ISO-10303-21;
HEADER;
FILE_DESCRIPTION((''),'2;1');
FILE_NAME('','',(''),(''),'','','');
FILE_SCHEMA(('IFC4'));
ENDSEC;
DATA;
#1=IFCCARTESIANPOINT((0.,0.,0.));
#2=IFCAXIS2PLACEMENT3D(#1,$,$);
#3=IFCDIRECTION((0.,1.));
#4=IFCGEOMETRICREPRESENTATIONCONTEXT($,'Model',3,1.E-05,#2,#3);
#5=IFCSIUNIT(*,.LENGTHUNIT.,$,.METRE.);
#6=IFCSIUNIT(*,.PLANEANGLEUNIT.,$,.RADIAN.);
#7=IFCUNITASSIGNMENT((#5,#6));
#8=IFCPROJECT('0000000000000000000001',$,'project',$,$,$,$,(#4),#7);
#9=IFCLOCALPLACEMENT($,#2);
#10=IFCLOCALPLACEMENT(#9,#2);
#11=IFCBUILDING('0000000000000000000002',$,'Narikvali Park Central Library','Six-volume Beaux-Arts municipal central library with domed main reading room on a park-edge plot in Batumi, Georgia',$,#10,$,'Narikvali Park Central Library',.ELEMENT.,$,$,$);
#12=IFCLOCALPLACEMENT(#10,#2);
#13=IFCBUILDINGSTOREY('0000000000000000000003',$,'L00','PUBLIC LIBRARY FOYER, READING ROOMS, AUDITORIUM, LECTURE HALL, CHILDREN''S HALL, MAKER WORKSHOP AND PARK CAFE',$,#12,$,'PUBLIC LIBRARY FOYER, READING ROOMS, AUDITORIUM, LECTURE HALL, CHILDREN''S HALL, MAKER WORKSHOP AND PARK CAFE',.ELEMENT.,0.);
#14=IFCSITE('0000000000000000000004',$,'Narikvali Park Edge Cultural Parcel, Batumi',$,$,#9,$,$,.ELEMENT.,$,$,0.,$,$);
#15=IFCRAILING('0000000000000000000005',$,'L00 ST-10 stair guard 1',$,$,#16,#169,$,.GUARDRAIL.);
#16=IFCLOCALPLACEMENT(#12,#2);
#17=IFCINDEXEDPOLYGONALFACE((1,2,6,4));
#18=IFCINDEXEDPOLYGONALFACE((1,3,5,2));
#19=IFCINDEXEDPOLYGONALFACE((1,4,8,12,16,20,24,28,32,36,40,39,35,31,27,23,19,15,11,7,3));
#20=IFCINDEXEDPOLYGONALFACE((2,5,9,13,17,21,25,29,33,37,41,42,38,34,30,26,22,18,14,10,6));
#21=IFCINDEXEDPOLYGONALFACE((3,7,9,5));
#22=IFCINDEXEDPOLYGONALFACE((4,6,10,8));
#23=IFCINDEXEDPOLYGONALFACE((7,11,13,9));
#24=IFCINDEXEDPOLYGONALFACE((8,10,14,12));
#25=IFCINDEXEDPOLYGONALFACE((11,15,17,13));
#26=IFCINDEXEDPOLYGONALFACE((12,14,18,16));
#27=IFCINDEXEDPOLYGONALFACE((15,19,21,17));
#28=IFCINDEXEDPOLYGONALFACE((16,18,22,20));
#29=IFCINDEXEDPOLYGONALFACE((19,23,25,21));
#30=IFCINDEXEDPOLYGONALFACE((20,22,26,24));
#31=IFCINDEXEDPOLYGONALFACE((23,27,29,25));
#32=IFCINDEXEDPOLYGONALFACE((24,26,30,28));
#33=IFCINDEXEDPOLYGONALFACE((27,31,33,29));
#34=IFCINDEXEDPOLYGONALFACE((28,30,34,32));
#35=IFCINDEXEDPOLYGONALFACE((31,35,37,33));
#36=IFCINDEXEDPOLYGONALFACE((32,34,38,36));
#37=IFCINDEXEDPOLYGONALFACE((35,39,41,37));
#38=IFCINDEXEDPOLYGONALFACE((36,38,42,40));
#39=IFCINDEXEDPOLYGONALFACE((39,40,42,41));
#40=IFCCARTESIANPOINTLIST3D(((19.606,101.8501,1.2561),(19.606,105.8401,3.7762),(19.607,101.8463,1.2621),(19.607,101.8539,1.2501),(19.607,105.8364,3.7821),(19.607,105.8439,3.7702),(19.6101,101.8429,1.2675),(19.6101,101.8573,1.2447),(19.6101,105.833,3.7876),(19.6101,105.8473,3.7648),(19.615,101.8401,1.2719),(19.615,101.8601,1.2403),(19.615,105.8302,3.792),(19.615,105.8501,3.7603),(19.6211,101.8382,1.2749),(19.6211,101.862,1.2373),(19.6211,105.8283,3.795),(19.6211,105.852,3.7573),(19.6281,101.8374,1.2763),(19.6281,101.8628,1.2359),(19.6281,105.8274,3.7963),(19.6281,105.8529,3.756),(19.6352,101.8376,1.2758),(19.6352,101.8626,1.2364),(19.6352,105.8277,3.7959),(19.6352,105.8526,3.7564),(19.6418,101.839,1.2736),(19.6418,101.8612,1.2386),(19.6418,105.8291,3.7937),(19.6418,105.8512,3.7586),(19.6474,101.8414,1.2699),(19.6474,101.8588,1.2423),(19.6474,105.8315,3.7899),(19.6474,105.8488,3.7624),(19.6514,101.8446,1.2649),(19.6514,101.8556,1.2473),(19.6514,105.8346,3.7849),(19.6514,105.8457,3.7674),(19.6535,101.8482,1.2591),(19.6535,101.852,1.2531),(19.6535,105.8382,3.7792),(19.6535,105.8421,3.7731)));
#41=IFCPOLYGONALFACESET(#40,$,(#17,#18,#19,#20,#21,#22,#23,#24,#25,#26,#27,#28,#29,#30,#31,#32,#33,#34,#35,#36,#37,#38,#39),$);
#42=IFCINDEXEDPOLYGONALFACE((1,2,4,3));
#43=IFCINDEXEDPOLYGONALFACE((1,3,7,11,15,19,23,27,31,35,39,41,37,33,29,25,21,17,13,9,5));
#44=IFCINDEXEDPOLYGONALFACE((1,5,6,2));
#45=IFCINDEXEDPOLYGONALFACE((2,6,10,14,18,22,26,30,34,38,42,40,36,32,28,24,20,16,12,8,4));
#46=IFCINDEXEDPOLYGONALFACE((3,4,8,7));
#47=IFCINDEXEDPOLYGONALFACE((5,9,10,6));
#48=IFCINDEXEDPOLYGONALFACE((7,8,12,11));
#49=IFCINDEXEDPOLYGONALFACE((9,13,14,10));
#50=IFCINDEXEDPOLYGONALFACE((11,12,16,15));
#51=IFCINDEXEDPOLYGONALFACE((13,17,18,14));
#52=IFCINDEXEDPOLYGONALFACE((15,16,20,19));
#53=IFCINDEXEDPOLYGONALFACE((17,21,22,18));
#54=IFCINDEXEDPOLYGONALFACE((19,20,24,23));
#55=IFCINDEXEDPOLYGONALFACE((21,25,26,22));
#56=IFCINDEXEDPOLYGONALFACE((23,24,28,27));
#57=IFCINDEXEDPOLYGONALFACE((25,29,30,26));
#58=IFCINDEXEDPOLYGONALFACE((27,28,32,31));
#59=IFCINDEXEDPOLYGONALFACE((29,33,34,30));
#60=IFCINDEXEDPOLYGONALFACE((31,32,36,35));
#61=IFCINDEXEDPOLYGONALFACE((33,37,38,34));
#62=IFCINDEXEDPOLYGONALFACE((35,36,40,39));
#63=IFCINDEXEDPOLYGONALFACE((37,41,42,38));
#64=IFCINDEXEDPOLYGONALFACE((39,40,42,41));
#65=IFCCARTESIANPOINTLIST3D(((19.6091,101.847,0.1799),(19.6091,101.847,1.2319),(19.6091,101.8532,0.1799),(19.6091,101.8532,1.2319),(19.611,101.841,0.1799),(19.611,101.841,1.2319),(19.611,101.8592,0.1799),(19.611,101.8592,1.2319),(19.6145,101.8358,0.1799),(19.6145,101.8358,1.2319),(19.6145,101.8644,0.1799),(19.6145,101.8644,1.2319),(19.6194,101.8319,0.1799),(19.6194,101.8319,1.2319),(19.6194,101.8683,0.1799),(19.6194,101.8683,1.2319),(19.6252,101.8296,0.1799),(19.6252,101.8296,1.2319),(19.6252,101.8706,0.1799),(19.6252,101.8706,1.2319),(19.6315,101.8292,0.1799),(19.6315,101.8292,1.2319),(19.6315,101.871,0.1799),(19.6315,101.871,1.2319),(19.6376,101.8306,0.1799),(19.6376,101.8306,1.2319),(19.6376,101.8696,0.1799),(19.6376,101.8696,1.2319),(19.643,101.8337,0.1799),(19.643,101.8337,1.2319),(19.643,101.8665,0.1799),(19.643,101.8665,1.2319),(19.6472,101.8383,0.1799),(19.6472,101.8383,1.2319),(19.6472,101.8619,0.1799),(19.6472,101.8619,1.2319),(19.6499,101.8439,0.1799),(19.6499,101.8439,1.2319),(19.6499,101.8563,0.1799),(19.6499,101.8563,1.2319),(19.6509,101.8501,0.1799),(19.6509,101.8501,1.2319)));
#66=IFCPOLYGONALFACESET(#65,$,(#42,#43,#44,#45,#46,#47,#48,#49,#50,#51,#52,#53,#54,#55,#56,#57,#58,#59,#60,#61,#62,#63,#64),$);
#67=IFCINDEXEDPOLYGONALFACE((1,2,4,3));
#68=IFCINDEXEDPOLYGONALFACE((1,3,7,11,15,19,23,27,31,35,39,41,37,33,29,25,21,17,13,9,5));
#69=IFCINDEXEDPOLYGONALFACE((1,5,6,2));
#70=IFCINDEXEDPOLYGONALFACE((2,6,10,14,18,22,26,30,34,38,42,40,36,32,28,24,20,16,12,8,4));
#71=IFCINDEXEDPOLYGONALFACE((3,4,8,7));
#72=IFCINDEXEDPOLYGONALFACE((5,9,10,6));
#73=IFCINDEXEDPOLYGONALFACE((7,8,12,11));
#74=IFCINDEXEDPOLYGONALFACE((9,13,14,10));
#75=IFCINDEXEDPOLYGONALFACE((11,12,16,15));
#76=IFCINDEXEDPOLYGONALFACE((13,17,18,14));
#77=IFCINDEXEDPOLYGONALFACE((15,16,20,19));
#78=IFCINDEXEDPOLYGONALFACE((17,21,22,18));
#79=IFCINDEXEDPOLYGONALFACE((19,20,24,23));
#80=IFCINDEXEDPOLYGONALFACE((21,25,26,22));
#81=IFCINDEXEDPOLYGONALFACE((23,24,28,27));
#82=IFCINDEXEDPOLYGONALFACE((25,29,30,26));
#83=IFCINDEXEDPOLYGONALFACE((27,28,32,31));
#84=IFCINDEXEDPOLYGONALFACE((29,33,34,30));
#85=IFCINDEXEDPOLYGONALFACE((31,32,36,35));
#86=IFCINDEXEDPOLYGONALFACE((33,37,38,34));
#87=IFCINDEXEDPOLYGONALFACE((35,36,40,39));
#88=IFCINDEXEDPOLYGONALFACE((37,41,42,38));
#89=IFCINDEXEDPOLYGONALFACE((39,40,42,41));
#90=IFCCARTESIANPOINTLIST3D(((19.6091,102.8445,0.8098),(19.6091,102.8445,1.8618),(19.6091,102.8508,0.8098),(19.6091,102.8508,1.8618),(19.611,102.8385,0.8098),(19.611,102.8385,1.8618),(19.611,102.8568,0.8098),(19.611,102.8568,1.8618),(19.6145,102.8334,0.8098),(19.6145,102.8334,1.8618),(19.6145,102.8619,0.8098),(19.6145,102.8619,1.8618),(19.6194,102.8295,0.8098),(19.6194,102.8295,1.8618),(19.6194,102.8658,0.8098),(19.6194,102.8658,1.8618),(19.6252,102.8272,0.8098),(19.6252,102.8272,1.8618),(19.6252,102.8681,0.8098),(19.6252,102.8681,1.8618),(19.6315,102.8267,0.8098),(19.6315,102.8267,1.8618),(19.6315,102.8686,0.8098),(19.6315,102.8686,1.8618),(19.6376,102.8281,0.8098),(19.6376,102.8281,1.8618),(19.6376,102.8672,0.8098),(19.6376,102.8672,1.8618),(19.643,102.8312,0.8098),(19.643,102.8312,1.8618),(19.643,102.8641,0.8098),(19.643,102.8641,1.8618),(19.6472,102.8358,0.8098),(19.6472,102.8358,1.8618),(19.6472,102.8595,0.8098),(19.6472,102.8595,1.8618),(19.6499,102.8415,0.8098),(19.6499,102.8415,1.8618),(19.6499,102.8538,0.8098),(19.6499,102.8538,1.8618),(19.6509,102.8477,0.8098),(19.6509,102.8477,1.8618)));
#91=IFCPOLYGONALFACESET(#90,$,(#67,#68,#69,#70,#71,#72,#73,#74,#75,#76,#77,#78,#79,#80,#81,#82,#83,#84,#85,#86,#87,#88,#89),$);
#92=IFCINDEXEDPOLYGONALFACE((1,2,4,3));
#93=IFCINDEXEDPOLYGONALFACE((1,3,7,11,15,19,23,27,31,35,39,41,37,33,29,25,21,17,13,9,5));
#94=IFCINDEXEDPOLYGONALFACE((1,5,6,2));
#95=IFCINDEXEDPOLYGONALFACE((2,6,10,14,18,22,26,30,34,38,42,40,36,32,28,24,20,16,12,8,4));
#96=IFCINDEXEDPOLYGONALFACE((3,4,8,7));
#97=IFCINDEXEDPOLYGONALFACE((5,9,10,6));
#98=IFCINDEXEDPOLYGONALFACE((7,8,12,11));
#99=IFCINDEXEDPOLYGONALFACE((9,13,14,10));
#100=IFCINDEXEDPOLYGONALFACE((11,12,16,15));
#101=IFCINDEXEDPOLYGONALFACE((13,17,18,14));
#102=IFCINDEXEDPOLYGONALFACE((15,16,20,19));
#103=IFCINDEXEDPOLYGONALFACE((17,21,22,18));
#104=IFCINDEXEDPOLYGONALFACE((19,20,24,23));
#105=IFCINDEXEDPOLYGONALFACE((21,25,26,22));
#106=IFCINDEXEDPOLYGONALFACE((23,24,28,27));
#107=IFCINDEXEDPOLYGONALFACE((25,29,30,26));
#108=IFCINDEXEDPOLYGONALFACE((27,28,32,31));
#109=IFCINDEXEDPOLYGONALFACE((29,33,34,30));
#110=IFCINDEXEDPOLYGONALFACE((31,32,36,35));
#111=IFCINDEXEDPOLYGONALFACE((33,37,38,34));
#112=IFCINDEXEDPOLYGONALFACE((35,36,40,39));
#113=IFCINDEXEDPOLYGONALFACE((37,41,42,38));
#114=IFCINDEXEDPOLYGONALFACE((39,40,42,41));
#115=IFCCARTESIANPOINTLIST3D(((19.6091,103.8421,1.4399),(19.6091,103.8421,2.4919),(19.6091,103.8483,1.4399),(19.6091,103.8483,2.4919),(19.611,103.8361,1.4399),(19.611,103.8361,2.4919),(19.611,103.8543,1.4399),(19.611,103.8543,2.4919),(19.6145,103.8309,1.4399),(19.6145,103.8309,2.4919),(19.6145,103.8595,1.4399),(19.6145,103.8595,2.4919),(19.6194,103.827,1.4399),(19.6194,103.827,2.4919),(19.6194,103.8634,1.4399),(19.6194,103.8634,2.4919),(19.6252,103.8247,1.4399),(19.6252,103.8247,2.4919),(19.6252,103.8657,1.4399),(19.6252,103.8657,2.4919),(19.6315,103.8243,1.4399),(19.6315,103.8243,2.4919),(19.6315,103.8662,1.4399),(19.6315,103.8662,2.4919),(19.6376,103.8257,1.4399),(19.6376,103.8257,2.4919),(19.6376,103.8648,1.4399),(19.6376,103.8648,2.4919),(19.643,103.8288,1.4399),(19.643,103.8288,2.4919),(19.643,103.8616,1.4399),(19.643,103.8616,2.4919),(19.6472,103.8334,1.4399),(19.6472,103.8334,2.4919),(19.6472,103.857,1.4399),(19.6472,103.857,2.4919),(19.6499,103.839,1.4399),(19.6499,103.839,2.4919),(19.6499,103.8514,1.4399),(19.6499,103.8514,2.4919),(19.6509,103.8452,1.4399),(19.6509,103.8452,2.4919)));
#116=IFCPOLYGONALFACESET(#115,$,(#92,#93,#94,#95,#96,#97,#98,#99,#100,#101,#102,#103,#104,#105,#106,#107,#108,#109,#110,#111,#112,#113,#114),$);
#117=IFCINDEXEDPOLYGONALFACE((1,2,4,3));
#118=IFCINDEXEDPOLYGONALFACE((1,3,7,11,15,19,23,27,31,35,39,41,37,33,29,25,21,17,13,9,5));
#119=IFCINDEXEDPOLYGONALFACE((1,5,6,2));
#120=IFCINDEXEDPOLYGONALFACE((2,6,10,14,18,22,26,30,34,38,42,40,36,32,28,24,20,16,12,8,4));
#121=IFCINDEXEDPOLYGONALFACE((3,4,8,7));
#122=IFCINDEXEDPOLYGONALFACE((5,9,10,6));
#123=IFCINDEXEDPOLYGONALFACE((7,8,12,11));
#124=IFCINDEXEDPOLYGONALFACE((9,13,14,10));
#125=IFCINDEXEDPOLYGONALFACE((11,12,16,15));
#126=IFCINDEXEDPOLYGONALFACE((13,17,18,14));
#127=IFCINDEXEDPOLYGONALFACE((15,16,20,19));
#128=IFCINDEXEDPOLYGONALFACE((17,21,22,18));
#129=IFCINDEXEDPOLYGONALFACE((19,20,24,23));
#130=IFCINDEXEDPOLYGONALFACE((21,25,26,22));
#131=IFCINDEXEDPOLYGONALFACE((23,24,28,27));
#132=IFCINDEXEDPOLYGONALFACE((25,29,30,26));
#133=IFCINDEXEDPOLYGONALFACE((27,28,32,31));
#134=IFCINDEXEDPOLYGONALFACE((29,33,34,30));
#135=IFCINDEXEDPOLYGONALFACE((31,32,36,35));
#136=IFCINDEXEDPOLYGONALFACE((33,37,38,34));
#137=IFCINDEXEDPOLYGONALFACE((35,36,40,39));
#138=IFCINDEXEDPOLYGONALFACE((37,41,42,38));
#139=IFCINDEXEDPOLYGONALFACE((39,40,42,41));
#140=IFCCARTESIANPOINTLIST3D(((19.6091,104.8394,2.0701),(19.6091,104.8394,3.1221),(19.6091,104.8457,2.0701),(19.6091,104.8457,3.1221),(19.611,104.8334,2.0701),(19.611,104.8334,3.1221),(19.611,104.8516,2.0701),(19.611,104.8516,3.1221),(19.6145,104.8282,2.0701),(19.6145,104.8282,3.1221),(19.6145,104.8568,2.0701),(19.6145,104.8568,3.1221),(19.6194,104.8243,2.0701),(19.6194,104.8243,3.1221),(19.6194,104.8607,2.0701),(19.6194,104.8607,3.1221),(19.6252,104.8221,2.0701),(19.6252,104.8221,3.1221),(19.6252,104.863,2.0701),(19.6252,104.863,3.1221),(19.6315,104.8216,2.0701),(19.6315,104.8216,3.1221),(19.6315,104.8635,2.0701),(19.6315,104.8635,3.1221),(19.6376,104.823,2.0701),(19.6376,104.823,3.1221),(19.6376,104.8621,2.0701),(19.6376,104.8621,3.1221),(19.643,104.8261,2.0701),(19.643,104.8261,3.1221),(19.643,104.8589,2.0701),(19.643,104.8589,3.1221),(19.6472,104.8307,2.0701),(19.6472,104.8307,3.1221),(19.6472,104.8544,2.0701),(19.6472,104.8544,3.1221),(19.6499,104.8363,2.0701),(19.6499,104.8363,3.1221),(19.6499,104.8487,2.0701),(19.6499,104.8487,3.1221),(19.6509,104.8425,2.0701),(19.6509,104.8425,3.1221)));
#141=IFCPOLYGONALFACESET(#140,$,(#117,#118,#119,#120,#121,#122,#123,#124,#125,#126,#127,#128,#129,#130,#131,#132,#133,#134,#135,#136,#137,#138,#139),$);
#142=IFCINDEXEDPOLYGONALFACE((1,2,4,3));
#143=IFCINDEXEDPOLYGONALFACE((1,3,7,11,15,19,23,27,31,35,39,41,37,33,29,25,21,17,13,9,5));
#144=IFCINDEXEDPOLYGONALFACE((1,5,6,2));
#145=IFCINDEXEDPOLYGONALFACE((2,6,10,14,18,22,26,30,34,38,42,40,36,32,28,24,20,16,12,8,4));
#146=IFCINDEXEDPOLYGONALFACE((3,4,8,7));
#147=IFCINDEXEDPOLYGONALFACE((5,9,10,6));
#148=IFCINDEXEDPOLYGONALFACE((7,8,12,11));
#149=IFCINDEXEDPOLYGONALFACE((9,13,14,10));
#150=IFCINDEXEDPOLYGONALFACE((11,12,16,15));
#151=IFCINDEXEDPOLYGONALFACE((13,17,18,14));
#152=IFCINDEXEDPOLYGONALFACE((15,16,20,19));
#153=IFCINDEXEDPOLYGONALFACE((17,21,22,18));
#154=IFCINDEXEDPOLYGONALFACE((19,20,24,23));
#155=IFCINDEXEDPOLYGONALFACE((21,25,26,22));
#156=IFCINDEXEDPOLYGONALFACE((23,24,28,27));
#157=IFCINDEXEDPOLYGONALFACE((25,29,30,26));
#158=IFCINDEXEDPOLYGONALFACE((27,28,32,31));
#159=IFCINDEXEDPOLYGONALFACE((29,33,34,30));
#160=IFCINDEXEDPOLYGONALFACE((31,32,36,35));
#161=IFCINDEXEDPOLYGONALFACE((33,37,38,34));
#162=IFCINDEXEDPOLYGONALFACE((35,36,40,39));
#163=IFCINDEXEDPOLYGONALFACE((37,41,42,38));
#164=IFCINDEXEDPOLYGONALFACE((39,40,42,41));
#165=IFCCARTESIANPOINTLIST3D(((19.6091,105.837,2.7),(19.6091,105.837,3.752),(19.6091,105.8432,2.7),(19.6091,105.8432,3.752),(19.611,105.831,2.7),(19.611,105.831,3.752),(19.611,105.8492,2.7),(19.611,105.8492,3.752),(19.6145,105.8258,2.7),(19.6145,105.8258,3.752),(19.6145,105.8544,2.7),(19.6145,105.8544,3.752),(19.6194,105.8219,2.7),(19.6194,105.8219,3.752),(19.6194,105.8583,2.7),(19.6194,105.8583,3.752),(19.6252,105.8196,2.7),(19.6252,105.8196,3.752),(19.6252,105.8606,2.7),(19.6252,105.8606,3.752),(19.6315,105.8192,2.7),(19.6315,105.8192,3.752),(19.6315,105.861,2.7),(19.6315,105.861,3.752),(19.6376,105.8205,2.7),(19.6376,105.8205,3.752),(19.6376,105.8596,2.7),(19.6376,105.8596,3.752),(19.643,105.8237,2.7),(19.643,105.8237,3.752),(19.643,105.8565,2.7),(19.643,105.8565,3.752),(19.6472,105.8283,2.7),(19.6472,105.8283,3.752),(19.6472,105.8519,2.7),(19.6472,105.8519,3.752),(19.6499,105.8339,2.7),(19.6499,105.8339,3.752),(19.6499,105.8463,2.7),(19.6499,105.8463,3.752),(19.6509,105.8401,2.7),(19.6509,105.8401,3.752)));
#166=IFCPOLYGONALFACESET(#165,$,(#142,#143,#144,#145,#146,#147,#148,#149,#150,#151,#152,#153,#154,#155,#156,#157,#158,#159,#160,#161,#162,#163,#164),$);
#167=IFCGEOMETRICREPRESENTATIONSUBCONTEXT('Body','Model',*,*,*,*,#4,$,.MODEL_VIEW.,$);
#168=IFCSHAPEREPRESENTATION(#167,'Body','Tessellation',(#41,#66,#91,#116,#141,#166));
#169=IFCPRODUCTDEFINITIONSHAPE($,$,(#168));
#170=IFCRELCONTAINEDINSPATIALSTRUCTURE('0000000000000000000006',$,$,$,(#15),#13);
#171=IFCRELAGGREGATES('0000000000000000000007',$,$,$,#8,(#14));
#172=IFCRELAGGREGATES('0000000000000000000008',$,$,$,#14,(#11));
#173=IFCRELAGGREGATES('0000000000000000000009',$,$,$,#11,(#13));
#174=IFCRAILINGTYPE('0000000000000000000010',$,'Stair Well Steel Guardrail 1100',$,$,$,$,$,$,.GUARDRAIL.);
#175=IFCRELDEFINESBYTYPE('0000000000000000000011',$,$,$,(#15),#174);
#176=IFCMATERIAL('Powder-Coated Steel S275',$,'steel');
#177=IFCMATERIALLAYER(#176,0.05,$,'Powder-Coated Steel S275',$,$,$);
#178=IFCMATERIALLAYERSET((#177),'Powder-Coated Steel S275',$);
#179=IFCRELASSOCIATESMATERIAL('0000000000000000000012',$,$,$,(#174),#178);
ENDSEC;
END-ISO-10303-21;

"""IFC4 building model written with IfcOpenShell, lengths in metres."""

from ifc_helpers import new_model, si_unit, direction, frame, origin, origin_2d, place, context, subcontext, project, spatial, circle, extrude, material, layer, layer_set, type_object, element, save


model = new_model("IFC4")

# Units and contexts
model_context = context("Model", 3, precision=1e-05, world=origin(), true_north=direction((0.0, 1.0)))
body_context = subcontext(model_context, "Body", "Model", "MODEL_VIEW")
ifc_project = project(units=[si_unit("LENGTHUNIT", "METRE"), si_unit("PLANEANGLEUNIT", "RADIAN")], contexts=[model_context])

# Site, building, storey
site_placement = place(None, origin())
site = spatial("IfcSite", under=ifc_project, at=site_placement, Name="Narikvali Park Edge Cultural Parcel, Batumi", CompositionType="ELEMENT", RefElevation=0.0)
building_placement = place(site_placement, origin())
building = spatial("IfcBuilding", under=site, at=building_placement, Name="Narikvali Park Central Library", Description="Six-volume Beaux-Arts municipal central library with domed main reading room on a park-edge plot in Batumi, Georgia", LongName="Narikvali Park Central Library", CompositionType="ELEMENT")
storey_placement = place(building_placement, origin())
storey = spatial("IfcBuildingStorey", under=building, at=storey_placement, Name="L00", Description="PUBLIC LIBRARY FOYER, READING ROOMS, AUDITORIUM, LECTURE HALL, CHILDREN'S HALL, MAKER WORKSHOP AND PARK CAFE", LongName="PUBLIC LIBRARY FOYER, READING ROOMS, AUDITORIUM, LECTURE HALL, CHILDREN'S HALL, MAKER WORKSHOP AND PARK CAFE", CompositionType="ELEMENT", Elevation=0.0)

# Railing
ifc_material_1 = material(Name="Powder-Coated Steel S275", Category="steel")
ifc_layer_1 = layer(ifc_material_1, 0.05, Name="Powder-Coated Steel S275")
ifc_layer_set_1 = layer_set([ifc_layer_1], Name="Powder-Coated Steel S275")
railing_type_1 = type_object("IfcRailingType", Name="Stair Well Steel Guardrail 1100", PredefinedType="GUARDRAIL", material=ifc_layer_set_1)
railing_1_placement = place(storey_placement, frame((19.6299, 101.8501, 0.1799)))
element("IfcRailing", 1, at=railing_1_placement, inside=storey, type_object=railing_type_1, Name="L00 ST-10 stair guard 1", PredefinedType="GUARDRAIL", context=body_context, shape_type="SweptSolid", body=[
    extrude(circle(Radius=0.0239, at=origin_2d()), frame((0.0, 0.0, 1.0762), z_axis=(0.0, 0.845486, 0.533997), x_axis=(-1.0, 0.0, 0.0)), (0.0, 0.0, 1.0), 4.7192),
    extrude(circle(Radius=0.021, at=origin_2d()), origin(), (0.0, 0.0, 1.0), 1.052),
    extrude(circle(Radius=0.021, at=origin_2d()), frame((0.0, 0.9976, 0.6299)), (0.0, 0.0, 1.0), 1.052),
    extrude(circle(Radius=0.021, at=origin_2d()), frame((0.0, 1.9951, 1.26)), (0.0, 0.0, 1.0), 1.052),
    extrude(circle(Radius=0.021, at=origin_2d()), frame((0.0, 2.9924, 1.8901)), (0.0, 0.0, 1.0), 1.052),
    extrude(circle(Radius=0.021, at=origin_2d()), frame((0.0, 3.99, 2.52)), (0.0, 0.0, 1.0), 1.052),
])

save(model, "model.ifc")
